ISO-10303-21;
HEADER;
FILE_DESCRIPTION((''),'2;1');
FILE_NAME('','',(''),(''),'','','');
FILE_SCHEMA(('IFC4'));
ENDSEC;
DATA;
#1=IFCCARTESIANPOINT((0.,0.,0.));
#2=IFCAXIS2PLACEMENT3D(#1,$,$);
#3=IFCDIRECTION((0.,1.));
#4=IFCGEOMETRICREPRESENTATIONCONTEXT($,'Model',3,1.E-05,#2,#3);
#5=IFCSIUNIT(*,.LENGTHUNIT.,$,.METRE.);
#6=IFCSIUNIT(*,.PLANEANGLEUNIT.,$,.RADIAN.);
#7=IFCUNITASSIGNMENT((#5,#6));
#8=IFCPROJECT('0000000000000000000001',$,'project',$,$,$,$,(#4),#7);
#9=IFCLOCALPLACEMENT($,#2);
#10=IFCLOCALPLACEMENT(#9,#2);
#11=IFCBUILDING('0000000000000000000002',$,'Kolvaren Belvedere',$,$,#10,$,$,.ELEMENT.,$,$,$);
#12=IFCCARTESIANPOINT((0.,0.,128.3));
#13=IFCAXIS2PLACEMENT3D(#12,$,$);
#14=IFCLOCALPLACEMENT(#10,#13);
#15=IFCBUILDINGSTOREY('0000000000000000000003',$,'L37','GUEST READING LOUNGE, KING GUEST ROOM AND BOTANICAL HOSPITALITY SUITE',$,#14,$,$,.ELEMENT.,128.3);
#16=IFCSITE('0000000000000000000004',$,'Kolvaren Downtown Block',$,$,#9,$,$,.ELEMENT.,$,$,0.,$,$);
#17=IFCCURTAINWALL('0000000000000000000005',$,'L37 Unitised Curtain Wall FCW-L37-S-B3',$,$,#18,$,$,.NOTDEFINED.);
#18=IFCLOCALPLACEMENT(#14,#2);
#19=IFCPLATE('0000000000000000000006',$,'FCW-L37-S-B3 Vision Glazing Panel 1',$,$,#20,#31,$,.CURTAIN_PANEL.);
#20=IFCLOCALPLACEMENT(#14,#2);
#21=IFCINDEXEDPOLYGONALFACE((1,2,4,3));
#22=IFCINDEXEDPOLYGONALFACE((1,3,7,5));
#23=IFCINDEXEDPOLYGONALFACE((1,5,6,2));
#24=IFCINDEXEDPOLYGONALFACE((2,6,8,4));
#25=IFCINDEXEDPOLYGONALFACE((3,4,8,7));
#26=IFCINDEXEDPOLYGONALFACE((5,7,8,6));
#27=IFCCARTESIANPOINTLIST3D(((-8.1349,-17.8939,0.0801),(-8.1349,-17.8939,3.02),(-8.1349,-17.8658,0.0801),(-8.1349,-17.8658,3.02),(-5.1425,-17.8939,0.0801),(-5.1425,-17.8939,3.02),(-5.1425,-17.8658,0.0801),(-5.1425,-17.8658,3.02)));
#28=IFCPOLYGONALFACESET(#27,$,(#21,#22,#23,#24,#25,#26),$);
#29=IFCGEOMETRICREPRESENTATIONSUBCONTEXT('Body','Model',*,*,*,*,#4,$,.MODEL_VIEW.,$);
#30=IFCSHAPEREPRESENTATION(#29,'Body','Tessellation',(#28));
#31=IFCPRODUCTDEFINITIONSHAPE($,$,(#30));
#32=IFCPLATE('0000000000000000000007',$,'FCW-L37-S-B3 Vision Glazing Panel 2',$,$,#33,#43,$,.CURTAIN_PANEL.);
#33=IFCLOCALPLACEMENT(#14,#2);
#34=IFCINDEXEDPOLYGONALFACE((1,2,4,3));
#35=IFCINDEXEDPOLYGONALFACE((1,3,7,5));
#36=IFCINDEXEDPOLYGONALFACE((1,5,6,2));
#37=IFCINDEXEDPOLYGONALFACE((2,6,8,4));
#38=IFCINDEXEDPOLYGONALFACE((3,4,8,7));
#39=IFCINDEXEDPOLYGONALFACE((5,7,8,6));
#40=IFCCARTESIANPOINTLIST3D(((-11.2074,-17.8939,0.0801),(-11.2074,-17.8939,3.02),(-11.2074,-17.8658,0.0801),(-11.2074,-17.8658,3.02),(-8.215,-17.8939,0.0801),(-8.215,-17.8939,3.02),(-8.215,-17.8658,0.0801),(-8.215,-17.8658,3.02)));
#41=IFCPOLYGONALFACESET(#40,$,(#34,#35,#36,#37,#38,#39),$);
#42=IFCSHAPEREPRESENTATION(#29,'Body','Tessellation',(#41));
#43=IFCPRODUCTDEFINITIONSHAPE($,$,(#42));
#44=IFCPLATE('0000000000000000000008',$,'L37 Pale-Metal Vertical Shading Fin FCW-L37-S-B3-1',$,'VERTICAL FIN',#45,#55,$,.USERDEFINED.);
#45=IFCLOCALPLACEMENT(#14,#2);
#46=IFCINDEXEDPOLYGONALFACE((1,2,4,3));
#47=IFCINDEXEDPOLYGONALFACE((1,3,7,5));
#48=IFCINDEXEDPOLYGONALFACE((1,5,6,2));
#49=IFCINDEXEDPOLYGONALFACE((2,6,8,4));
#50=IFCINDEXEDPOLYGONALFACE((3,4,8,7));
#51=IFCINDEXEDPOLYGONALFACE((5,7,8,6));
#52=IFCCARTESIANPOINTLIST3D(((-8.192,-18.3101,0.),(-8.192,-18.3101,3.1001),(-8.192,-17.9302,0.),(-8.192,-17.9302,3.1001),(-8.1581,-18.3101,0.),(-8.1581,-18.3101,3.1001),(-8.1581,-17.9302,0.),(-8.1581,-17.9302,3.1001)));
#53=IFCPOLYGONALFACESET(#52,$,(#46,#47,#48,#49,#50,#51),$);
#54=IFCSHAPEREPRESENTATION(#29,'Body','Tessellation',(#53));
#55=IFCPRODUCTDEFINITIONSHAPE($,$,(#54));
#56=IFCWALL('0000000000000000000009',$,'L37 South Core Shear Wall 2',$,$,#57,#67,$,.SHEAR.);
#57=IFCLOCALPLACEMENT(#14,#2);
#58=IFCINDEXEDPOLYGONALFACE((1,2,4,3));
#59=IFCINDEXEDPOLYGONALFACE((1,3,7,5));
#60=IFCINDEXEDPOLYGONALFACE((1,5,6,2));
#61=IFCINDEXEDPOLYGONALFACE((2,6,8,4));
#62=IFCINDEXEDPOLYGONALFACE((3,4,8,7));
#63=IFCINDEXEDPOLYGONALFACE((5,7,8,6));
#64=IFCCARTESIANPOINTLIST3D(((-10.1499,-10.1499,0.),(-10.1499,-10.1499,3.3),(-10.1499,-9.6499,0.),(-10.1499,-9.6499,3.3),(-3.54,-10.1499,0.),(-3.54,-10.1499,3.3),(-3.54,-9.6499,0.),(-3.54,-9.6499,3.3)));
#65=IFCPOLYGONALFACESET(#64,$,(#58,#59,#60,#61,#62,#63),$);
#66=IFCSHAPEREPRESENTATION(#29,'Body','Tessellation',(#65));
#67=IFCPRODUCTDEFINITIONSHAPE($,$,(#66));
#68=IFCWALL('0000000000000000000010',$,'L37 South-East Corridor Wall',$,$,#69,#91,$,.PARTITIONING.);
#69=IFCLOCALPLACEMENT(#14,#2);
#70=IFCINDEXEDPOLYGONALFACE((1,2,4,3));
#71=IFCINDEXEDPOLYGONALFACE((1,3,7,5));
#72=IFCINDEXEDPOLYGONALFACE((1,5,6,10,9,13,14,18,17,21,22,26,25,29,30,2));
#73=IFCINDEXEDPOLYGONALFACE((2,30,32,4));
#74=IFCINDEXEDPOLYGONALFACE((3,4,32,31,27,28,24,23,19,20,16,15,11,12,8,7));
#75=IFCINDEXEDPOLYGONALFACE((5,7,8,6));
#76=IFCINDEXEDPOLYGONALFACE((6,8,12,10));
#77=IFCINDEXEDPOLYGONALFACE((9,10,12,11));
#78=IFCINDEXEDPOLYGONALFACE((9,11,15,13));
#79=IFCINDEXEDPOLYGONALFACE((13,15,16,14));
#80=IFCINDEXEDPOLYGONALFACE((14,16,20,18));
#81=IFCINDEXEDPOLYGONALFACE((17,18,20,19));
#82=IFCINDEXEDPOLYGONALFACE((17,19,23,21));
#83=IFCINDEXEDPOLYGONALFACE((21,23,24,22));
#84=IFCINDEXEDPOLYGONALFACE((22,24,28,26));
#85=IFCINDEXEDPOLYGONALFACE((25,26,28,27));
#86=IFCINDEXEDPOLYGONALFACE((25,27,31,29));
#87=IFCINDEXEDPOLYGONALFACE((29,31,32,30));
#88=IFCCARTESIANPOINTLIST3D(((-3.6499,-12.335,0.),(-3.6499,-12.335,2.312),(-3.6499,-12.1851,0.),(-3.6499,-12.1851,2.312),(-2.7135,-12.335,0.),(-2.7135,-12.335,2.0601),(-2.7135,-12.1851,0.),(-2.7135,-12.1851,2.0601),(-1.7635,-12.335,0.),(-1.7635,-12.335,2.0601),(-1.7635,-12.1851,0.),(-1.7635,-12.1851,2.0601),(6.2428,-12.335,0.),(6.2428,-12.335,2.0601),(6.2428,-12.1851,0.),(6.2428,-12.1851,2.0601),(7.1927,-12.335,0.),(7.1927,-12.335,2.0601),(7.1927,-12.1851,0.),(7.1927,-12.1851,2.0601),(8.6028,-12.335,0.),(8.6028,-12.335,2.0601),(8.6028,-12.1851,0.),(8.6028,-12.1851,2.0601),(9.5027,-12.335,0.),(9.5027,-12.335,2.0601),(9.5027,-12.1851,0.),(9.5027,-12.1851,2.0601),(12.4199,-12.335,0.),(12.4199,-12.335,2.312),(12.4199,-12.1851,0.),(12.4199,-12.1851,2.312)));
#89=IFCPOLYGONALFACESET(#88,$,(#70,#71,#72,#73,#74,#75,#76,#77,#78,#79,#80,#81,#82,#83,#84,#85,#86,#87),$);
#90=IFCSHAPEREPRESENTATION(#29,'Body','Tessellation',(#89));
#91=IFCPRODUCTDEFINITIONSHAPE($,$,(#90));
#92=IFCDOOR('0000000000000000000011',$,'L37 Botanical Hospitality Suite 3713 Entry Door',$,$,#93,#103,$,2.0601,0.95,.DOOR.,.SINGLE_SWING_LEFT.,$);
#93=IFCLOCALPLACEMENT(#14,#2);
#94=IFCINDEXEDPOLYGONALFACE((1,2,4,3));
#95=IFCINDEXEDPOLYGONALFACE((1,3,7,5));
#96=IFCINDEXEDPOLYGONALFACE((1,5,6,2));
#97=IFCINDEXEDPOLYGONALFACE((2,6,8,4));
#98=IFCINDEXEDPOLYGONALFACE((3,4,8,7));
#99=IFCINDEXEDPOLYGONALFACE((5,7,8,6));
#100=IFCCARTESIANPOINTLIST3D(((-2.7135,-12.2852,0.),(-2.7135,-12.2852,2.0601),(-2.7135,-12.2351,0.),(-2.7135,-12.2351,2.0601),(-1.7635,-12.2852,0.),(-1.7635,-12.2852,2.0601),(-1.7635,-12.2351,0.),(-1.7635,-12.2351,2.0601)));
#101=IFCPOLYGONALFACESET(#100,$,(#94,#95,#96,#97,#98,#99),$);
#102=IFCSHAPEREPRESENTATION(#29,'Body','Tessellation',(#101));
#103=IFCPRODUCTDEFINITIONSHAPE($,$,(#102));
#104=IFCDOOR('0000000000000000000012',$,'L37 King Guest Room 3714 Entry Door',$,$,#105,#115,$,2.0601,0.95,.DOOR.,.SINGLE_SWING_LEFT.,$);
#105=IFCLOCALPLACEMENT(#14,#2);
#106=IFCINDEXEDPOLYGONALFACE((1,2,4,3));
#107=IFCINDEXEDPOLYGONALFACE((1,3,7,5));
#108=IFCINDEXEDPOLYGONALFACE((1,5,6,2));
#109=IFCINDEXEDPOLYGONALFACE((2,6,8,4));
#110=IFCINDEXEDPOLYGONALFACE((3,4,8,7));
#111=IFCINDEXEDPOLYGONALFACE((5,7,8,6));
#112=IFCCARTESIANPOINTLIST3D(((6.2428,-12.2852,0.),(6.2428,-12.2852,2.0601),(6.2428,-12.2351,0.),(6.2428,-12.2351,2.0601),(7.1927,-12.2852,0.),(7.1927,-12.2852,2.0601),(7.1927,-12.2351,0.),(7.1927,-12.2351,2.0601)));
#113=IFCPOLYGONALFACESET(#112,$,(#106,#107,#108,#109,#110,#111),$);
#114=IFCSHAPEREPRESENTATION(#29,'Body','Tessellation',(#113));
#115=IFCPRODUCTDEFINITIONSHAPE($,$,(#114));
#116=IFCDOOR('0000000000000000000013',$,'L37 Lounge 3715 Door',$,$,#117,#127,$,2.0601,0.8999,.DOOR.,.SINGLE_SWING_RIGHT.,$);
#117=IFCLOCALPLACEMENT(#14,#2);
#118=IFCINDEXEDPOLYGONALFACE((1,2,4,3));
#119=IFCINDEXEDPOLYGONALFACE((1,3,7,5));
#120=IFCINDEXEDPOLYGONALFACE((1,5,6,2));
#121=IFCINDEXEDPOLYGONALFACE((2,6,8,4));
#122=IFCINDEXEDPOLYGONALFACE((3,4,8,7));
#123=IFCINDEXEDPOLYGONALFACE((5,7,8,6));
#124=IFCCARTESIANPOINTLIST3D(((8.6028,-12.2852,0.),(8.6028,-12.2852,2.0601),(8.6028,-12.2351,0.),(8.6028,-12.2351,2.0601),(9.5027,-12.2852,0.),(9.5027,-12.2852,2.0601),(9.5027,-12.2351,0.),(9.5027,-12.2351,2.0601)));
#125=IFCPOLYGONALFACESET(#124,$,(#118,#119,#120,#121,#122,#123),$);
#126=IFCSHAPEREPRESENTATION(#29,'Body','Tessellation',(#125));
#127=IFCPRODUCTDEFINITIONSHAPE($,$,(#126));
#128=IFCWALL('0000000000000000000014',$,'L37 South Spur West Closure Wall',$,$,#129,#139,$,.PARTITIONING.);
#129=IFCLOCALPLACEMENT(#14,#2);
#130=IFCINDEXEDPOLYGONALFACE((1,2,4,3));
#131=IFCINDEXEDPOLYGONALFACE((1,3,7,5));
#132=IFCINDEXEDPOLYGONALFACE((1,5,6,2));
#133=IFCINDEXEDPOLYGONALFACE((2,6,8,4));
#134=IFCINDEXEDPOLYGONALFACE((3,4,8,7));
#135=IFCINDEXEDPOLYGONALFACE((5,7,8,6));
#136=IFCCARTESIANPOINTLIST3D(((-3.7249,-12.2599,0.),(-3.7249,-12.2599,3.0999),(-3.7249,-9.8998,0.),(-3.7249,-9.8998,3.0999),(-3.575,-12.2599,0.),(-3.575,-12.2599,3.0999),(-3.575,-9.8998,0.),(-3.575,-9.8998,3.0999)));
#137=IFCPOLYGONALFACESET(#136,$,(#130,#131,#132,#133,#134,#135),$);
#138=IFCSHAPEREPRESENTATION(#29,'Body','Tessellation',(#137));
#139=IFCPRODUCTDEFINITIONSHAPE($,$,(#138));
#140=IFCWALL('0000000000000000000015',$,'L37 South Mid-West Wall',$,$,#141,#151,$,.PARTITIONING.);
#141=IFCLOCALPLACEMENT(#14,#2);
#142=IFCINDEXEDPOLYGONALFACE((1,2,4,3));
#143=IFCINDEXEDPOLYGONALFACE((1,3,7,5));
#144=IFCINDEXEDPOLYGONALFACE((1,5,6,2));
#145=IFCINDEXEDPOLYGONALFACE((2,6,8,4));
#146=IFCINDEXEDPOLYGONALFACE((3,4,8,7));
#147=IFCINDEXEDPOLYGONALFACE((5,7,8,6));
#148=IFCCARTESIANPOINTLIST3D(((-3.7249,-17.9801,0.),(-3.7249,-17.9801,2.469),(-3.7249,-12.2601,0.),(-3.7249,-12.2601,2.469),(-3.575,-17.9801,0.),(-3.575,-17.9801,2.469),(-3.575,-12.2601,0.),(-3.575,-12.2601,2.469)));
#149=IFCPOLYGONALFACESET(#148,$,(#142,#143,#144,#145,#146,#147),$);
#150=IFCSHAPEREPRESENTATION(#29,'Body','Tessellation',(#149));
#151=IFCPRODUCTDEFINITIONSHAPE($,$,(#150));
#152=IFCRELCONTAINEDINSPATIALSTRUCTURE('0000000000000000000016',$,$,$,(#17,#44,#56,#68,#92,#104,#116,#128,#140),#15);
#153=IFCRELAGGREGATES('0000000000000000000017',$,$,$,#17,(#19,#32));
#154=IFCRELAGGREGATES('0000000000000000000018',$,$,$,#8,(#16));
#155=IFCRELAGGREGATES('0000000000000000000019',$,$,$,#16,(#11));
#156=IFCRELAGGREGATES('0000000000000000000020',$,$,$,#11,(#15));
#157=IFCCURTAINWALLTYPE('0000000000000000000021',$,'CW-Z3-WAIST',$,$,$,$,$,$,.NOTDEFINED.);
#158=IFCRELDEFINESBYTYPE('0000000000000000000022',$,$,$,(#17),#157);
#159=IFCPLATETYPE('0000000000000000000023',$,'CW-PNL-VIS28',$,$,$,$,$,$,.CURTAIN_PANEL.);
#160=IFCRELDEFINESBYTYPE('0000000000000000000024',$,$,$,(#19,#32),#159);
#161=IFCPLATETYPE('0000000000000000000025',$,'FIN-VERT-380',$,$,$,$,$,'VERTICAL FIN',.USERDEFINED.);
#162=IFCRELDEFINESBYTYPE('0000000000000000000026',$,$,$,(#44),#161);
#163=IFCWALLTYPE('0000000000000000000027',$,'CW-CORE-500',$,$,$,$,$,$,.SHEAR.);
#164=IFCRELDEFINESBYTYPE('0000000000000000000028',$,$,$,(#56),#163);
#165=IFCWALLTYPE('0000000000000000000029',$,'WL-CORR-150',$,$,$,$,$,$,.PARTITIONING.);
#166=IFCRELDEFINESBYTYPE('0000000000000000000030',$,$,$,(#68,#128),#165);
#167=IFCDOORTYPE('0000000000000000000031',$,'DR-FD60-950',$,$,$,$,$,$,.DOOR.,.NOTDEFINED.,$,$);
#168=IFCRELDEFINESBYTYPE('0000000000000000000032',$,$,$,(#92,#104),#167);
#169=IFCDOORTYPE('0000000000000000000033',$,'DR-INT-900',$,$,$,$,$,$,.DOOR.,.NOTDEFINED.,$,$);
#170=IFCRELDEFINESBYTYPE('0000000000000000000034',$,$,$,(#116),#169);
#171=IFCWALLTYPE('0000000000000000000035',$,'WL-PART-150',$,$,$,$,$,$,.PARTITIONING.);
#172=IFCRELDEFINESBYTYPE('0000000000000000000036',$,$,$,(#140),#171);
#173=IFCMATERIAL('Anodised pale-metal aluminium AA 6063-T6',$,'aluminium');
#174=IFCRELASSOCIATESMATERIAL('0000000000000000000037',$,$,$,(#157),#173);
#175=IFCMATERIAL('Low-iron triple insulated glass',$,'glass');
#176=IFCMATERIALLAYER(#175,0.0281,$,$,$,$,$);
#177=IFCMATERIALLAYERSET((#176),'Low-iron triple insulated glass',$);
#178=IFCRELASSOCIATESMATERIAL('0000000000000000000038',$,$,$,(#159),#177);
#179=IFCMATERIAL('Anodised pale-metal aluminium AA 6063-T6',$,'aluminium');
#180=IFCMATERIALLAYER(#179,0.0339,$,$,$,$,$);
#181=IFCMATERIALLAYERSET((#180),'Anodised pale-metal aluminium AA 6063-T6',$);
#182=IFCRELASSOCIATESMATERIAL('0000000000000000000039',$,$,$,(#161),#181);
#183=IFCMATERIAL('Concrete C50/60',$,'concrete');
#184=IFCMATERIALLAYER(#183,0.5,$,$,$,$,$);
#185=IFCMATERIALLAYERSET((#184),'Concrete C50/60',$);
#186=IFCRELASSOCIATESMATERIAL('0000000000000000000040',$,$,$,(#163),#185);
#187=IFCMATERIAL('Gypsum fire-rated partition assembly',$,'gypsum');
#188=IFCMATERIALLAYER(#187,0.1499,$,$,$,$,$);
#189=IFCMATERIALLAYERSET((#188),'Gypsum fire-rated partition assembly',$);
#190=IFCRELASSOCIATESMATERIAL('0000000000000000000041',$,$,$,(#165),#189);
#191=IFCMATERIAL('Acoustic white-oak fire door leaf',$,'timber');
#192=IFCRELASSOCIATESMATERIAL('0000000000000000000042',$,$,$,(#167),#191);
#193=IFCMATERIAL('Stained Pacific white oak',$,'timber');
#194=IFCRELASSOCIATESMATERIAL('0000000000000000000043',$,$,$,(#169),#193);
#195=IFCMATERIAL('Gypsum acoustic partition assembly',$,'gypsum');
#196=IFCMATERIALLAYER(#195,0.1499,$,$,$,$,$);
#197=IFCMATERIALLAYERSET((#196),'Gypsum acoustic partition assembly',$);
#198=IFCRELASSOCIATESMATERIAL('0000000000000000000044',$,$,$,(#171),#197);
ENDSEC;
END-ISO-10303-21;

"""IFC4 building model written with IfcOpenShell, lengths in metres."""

from ifc_helpers import new_model, si_unit, direction, frame, frame_2d, origin, origin_2d, place, context, subcontext, project, spatial, rectangle, extrude, material, layer, layer_set, type_object, element, fill, aggregate, save


model = new_model("IFC4")

# Units and contexts
model_context = context("Model", 3, precision=1e-05, world=origin(), true_north=direction((0.0, 1.0)))
body_context = subcontext(model_context, "Body", "Model", "MODEL_VIEW")
ifc_project = project(units=[si_unit("LENGTHUNIT", "METRE"), si_unit("PLANEANGLEUNIT", "RADIAN")], contexts=[model_context])

# Site, building, storey
site_placement = place(None, origin())
site = spatial("IfcSite", under=ifc_project, at=site_placement, Name="Kolvaren Downtown Block", CompositionType="ELEMENT", RefElevation=0.0)
building_placement = place(site_placement, origin())
building = spatial("IfcBuilding", under=site, at=building_placement, Name="Kolvaren Belvedere", CompositionType="ELEMENT")
storey_placement = place(building_placement, frame((0.0, 0.0, 128.3)))
storey = spatial("IfcBuildingStorey", under=building, at=storey_placement, Name="L37", Description="GUEST READING LOUNGE, KING GUEST ROOM AND BOTANICAL HOSPITALITY SUITE", CompositionType="ELEMENT", Elevation=128.3)

# Curtain wall
ifc_material_1 = material(Name="Anodised pale-metal aluminium AA 6063-T6", Category="aluminium")
curtain_wall_type = type_object("IfcCurtainWallType", Name="CW-Z3-WAIST", PredefinedType="NOTDEFINED", material=ifc_material_1)
curtain_wall_1_placement = place(storey_placement, origin())
curtain_wall_1 = element("IfcCurtainWall", 1, at=curtain_wall_1_placement, inside=storey, type_object=curtain_wall_type, Name="L37 Unitised Curtain Wall FCW-L37-S-B3", PredefinedType="NOTDEFINED")

# Plates
ifc_material_2 = material(Name="Low-iron triple insulated glass", Category="glass")
ifc_layer_1 = layer(ifc_material_2, 0.0281)
ifc_layer_set_1 = layer_set([ifc_layer_1], Name="Low-iron triple insulated glass")
plate_type_1 = type_object("IfcPlateType", Name="CW-PNL-VIS28", PredefinedType="CURTAIN_PANEL", material=ifc_layer_set_1)
plate_1_placement = place(storey_placement, frame((-6.6387, -17.8799, 0.0801), z_axis=(0.0, 0.0, 1.0), x_axis=(-1.0, 0.0, 0.0)))
plate_1 = element("IfcPlate", 2, at=plate_1_placement, type_object=plate_type_1, Name="FCW-L37-S-B3 Vision Glazing Panel 1", PredefinedType="CURTAIN_PANEL", context=body_context, shape_type="SweptSolid", body=[
    extrude(rectangle(XDim=2.9924, YDim=0.0281, at=origin_2d()), origin(), (0.0, 0.0, 1.0), 2.9399),
])
plate_2_placement = place(storey_placement, frame((-9.7112, -17.8799, 0.0801), z_axis=(0.0, 0.0, 1.0), x_axis=(-1.0, 0.0, 0.0)))
plate_2 = element("IfcPlate", 3, at=plate_2_placement, type_object=plate_type_1, Name="FCW-L37-S-B3 Vision Glazing Panel 2", PredefinedType="CURTAIN_PANEL", context=body_context, shape_type="SweptSolid", body=[
    extrude(rectangle(XDim=2.9924, YDim=0.0281, at=origin_2d()), origin(), (0.0, 0.0, 1.0), 2.9399),
])
aggregate(curtain_wall_1, [plate_1, plate_2])
ifc_material_3 = material(Name="Anodised pale-metal aluminium AA 6063-T6", Category="aluminium")
ifc_layer_2 = layer(ifc_material_3, 0.0339)
ifc_layer_set_2 = layer_set([ifc_layer_2], Name="Anodised pale-metal aluminium AA 6063-T6")
plate_type_2 = type_object("IfcPlateType", Name="FIN-VERT-380", ElementType="VERTICAL FIN", PredefinedType="USERDEFINED", material=ifc_layer_set_2)
plate_3_placement = place(storey_placement, frame((-8.175, -18.1201, 0.0), z_axis=(0.0, 0.0, 1.0), x_axis=(0.0, 1.0, 0.0)))
element("IfcPlate", 4, at=plate_3_placement, inside=storey, type_object=plate_type_2, Name="L37 Pale-Metal Vertical Shading Fin FCW-L37-S-B3-1", ObjectType="VERTICAL FIN", PredefinedType="USERDEFINED", context=body_context, shape_type="SweptSolid", body=[
    extrude(rectangle(XDim=0.3799, YDim=0.0339, at=origin_2d()), origin(), (0.0, 0.0, 1.0), 3.1001),
])

# Wall
ifc_material_4 = material(Name="Concrete C50/60", Category="concrete")
ifc_layer_3 = layer(ifc_material_4, 0.5)
ifc_layer_set_3 = layer_set([ifc_layer_3], Name="Concrete C50/60")
wall_type_1 = type_object("IfcWallType", Name="CW-CORE-500", PredefinedType="SHEAR", material=ifc_layer_set_3)
wall_1_placement = place(storey_placement, frame((-3.54, -9.8999, 0.0), z_axis=(0.0, 0.0, 1.0), x_axis=(-1.0, 0.0, 0.0)))
element("IfcWall", 5, at=wall_1_placement, inside=storey, type_object=wall_type_1, Name="L37 South Core Shear Wall 2", PredefinedType="SHEAR", context=body_context, shape_type="SweptSolid", body=[
    extrude(rectangle(XDim=6.6099, YDim=0.5, at=frame_2d((3.3049, 0.0))), origin(), (0.0, 0.0, 1.0), 3.3),
])

# Wall, openings, doors
ifc_material_5 = material(Name="Gypsum fire-rated partition assembly", Category="gypsum")
ifc_layer_4 = layer(ifc_material_5, 0.1499)
ifc_layer_set_4 = layer_set([ifc_layer_4], Name="Gypsum fire-rated partition assembly")
wall_type_2 = type_object("IfcWallType", Name="WL-CORR-150", PredefinedType="PARTITIONING", material=ifc_layer_set_4)
wall_2_placement = place(storey_placement, frame((-3.6499, -12.26, 0.0), z_axis=(0.0, 0.0, 1.0), x_axis=(1.0, 0.0, 0.0)))
wall_2 = element("IfcWall", 6, at=wall_2_placement, inside=storey, type_object=wall_type_2, Name="L37 South-East Corridor Wall", PredefinedType="PARTITIONING", context=body_context, shape_type="SweptSolid", body=[
    extrude(rectangle(XDim=16.0698, YDim=0.1499, at=frame_2d((8.0349, 0.0))), origin(), (0.0, 0.0, 1.0), 2.312),
])
opening_1_placement = place(wall_2_placement, frame((0.9363, 0.0, 0.0)))
opening_1 = element("IfcOpeningElement", 7, at=opening_1_placement, cuts=wall_2, PredefinedType="OPENING", context=body_context, shape_type="SweptSolid", body=[
    extrude(rectangle(XDim=0.95, YDim=2.0601, at=frame_2d((0.4751, 1.03))), frame((0.0, 0.085, 0.0), z_axis=(0.0, -1.0, 0.0), x_axis=(1.0, 0.0, 0.0)), (0.0, 0.0, 1.0), 0.1699),
])
opening_2_placement = place(wall_2_placement, frame((9.8926, 0.0, 0.0)))
opening_2 = element("IfcOpeningElement", 8, at=opening_2_placement, cuts=wall_2, PredefinedType="OPENING", context=body_context, shape_type="SweptSolid", body=[
    extrude(rectangle(XDim=0.95, YDim=2.0601, at=frame_2d((0.4751, 1.03))), frame((0.0, 0.085, 0.0), z_axis=(0.0, -1.0, 0.0), x_axis=(1.0, 0.0, 0.0)), (0.0, 0.0, 1.0), 0.1699),
])
opening_3_placement = place(wall_2_placement, frame((12.2527, 0.0, 0.0)))
opening_3 = element("IfcOpeningElement", 9, at=opening_3_placement, cuts=wall_2, PredefinedType="OPENING", context=body_context, shape_type="SweptSolid", body=[
    extrude(rectangle(XDim=0.8999, YDim=2.0601, at=frame_2d((0.45, 1.03))), frame((0.0, 0.085, 0.0), z_axis=(0.0, -1.0, 0.0), x_axis=(1.0, 0.0, 0.0)), (0.0, 0.0, 1.0), 0.1699),
])
ifc_material_6 = material(Name="Acoustic white-oak fire door leaf", Category="timber")
door_type_1 = type_object("IfcDoorType", Name="DR-FD60-950", OperationType="NOTDEFINED", PredefinedType="DOOR", material=ifc_material_6)
door_1_placement = place(opening_1_placement, origin())
door_1 = element("IfcDoor", 10, at=door_1_placement, inside=storey, type_object=door_type_1, Name="L37 Botanical Hospitality Suite 3713 Entry Door", OperationType="SINGLE_SWING_LEFT", OverallHeight=2.0601, OverallWidth=0.95, PredefinedType="DOOR", context=body_context, shape_type="SweptSolid", body=[
    extrude(rectangle(XDim=0.95, YDim=2.0601, at=frame_2d((0.4751, 1.03))), frame((0.0, 0.0249, 0.0), z_axis=(0.0, -1.0, 0.0), x_axis=(1.0, 0.0, 0.0)), (0.0, 0.0, 1.0), 0.05),
])
fill(opening_1, door_1)
door_2_placement = place(opening_2_placement, origin())
door_2 = element("IfcDoor", 11, at=door_2_placement, inside=storey, type_object=door_type_1, Name="L37 King Guest Room 3714 Entry Door", OperationType="SINGLE_SWING_LEFT", OverallHeight=2.0601, OverallWidth=0.95, PredefinedType="DOOR", context=body_context, shape_type="SweptSolid", body=[
    extrude(rectangle(XDim=0.95, YDim=2.0601, at=frame_2d((0.4751, 1.03))), frame((0.0, 0.0249, 0.0), z_axis=(0.0, -1.0, 0.0), x_axis=(1.0, 0.0, 0.0)), (0.0, 0.0, 1.0), 0.05),
])
fill(opening_2, door_2)
ifc_material_7 = material(Name="Stained Pacific white oak", Category="timber")
door_type_2 = type_object("IfcDoorType", Name="DR-INT-900", OperationType="NOTDEFINED", PredefinedType="DOOR", material=ifc_material_7)
door_3_placement = place(opening_3_placement, origin())
door_3 = element("IfcDoor", 12, at=door_3_placement, inside=storey, type_object=door_type_2, Name="L37 Lounge 3715 Door", OperationType="SINGLE_SWING_RIGHT", OverallHeight=2.0601, OverallWidth=0.8999, PredefinedType="DOOR", context=body_context, shape_type="SweptSolid", body=[
    extrude(rectangle(XDim=0.8999, YDim=2.0601, at=frame_2d((0.45, 1.03))), frame((0.0, 0.0249, 0.0), z_axis=(0.0, -1.0, 0.0), x_axis=(1.0, 0.0, 0.0)), (0.0, 0.0, 1.0), 0.05),
])
fill(opening_3, door_3)

# Walls
wall_3_placement = place(storey_placement, frame((-3.6499, -12.26, 0.0), z_axis=(0.0, 0.0, 1.0), x_axis=(0.0, 1.0, 0.0)))
element("IfcWall", 13, at=wall_3_placement, inside=storey, type_object=wall_type_2, Name="L37 South Spur West Closure Wall", PredefinedType="PARTITIONING", context=body_context, shape_type="SweptSolid", body=[
    extrude(rectangle(XDim=2.3601, YDim=0.1499, at=frame_2d((1.1802, 0.0))), origin(), (0.0, 0.0, 1.0), 3.0999),
])
ifc_material_8 = material(Name="Gypsum acoustic partition assembly", Category="gypsum")
ifc_layer_5 = layer(ifc_material_8, 0.1499)
ifc_layer_set_5 = layer_set([ifc_layer_5], Name="Gypsum acoustic partition assembly")
wall_type_3 = type_object("IfcWallType", Name="WL-PART-150", PredefinedType="PARTITIONING", material=ifc_layer_set_5)
wall_4_placement = place(storey_placement, frame((-3.6499, -17.98, 0.0), z_axis=(0.0, 0.0, 1.0), x_axis=(0.0, 1.0, 0.0)))
element("IfcWall", 14, at=wall_4_placement, inside=storey, type_object=wall_type_3, Name="L37 South Mid-West Wall", PredefinedType="PARTITIONING", context=body_context, shape_type="SweptSolid", body=[
    extrude(rectangle(XDim=5.72, YDim=0.1499, at=frame_2d((2.8599, 0.0))), origin(), (0.0, 0.0, 1.0), 2.469),
])

save(model, "model.ifc")
